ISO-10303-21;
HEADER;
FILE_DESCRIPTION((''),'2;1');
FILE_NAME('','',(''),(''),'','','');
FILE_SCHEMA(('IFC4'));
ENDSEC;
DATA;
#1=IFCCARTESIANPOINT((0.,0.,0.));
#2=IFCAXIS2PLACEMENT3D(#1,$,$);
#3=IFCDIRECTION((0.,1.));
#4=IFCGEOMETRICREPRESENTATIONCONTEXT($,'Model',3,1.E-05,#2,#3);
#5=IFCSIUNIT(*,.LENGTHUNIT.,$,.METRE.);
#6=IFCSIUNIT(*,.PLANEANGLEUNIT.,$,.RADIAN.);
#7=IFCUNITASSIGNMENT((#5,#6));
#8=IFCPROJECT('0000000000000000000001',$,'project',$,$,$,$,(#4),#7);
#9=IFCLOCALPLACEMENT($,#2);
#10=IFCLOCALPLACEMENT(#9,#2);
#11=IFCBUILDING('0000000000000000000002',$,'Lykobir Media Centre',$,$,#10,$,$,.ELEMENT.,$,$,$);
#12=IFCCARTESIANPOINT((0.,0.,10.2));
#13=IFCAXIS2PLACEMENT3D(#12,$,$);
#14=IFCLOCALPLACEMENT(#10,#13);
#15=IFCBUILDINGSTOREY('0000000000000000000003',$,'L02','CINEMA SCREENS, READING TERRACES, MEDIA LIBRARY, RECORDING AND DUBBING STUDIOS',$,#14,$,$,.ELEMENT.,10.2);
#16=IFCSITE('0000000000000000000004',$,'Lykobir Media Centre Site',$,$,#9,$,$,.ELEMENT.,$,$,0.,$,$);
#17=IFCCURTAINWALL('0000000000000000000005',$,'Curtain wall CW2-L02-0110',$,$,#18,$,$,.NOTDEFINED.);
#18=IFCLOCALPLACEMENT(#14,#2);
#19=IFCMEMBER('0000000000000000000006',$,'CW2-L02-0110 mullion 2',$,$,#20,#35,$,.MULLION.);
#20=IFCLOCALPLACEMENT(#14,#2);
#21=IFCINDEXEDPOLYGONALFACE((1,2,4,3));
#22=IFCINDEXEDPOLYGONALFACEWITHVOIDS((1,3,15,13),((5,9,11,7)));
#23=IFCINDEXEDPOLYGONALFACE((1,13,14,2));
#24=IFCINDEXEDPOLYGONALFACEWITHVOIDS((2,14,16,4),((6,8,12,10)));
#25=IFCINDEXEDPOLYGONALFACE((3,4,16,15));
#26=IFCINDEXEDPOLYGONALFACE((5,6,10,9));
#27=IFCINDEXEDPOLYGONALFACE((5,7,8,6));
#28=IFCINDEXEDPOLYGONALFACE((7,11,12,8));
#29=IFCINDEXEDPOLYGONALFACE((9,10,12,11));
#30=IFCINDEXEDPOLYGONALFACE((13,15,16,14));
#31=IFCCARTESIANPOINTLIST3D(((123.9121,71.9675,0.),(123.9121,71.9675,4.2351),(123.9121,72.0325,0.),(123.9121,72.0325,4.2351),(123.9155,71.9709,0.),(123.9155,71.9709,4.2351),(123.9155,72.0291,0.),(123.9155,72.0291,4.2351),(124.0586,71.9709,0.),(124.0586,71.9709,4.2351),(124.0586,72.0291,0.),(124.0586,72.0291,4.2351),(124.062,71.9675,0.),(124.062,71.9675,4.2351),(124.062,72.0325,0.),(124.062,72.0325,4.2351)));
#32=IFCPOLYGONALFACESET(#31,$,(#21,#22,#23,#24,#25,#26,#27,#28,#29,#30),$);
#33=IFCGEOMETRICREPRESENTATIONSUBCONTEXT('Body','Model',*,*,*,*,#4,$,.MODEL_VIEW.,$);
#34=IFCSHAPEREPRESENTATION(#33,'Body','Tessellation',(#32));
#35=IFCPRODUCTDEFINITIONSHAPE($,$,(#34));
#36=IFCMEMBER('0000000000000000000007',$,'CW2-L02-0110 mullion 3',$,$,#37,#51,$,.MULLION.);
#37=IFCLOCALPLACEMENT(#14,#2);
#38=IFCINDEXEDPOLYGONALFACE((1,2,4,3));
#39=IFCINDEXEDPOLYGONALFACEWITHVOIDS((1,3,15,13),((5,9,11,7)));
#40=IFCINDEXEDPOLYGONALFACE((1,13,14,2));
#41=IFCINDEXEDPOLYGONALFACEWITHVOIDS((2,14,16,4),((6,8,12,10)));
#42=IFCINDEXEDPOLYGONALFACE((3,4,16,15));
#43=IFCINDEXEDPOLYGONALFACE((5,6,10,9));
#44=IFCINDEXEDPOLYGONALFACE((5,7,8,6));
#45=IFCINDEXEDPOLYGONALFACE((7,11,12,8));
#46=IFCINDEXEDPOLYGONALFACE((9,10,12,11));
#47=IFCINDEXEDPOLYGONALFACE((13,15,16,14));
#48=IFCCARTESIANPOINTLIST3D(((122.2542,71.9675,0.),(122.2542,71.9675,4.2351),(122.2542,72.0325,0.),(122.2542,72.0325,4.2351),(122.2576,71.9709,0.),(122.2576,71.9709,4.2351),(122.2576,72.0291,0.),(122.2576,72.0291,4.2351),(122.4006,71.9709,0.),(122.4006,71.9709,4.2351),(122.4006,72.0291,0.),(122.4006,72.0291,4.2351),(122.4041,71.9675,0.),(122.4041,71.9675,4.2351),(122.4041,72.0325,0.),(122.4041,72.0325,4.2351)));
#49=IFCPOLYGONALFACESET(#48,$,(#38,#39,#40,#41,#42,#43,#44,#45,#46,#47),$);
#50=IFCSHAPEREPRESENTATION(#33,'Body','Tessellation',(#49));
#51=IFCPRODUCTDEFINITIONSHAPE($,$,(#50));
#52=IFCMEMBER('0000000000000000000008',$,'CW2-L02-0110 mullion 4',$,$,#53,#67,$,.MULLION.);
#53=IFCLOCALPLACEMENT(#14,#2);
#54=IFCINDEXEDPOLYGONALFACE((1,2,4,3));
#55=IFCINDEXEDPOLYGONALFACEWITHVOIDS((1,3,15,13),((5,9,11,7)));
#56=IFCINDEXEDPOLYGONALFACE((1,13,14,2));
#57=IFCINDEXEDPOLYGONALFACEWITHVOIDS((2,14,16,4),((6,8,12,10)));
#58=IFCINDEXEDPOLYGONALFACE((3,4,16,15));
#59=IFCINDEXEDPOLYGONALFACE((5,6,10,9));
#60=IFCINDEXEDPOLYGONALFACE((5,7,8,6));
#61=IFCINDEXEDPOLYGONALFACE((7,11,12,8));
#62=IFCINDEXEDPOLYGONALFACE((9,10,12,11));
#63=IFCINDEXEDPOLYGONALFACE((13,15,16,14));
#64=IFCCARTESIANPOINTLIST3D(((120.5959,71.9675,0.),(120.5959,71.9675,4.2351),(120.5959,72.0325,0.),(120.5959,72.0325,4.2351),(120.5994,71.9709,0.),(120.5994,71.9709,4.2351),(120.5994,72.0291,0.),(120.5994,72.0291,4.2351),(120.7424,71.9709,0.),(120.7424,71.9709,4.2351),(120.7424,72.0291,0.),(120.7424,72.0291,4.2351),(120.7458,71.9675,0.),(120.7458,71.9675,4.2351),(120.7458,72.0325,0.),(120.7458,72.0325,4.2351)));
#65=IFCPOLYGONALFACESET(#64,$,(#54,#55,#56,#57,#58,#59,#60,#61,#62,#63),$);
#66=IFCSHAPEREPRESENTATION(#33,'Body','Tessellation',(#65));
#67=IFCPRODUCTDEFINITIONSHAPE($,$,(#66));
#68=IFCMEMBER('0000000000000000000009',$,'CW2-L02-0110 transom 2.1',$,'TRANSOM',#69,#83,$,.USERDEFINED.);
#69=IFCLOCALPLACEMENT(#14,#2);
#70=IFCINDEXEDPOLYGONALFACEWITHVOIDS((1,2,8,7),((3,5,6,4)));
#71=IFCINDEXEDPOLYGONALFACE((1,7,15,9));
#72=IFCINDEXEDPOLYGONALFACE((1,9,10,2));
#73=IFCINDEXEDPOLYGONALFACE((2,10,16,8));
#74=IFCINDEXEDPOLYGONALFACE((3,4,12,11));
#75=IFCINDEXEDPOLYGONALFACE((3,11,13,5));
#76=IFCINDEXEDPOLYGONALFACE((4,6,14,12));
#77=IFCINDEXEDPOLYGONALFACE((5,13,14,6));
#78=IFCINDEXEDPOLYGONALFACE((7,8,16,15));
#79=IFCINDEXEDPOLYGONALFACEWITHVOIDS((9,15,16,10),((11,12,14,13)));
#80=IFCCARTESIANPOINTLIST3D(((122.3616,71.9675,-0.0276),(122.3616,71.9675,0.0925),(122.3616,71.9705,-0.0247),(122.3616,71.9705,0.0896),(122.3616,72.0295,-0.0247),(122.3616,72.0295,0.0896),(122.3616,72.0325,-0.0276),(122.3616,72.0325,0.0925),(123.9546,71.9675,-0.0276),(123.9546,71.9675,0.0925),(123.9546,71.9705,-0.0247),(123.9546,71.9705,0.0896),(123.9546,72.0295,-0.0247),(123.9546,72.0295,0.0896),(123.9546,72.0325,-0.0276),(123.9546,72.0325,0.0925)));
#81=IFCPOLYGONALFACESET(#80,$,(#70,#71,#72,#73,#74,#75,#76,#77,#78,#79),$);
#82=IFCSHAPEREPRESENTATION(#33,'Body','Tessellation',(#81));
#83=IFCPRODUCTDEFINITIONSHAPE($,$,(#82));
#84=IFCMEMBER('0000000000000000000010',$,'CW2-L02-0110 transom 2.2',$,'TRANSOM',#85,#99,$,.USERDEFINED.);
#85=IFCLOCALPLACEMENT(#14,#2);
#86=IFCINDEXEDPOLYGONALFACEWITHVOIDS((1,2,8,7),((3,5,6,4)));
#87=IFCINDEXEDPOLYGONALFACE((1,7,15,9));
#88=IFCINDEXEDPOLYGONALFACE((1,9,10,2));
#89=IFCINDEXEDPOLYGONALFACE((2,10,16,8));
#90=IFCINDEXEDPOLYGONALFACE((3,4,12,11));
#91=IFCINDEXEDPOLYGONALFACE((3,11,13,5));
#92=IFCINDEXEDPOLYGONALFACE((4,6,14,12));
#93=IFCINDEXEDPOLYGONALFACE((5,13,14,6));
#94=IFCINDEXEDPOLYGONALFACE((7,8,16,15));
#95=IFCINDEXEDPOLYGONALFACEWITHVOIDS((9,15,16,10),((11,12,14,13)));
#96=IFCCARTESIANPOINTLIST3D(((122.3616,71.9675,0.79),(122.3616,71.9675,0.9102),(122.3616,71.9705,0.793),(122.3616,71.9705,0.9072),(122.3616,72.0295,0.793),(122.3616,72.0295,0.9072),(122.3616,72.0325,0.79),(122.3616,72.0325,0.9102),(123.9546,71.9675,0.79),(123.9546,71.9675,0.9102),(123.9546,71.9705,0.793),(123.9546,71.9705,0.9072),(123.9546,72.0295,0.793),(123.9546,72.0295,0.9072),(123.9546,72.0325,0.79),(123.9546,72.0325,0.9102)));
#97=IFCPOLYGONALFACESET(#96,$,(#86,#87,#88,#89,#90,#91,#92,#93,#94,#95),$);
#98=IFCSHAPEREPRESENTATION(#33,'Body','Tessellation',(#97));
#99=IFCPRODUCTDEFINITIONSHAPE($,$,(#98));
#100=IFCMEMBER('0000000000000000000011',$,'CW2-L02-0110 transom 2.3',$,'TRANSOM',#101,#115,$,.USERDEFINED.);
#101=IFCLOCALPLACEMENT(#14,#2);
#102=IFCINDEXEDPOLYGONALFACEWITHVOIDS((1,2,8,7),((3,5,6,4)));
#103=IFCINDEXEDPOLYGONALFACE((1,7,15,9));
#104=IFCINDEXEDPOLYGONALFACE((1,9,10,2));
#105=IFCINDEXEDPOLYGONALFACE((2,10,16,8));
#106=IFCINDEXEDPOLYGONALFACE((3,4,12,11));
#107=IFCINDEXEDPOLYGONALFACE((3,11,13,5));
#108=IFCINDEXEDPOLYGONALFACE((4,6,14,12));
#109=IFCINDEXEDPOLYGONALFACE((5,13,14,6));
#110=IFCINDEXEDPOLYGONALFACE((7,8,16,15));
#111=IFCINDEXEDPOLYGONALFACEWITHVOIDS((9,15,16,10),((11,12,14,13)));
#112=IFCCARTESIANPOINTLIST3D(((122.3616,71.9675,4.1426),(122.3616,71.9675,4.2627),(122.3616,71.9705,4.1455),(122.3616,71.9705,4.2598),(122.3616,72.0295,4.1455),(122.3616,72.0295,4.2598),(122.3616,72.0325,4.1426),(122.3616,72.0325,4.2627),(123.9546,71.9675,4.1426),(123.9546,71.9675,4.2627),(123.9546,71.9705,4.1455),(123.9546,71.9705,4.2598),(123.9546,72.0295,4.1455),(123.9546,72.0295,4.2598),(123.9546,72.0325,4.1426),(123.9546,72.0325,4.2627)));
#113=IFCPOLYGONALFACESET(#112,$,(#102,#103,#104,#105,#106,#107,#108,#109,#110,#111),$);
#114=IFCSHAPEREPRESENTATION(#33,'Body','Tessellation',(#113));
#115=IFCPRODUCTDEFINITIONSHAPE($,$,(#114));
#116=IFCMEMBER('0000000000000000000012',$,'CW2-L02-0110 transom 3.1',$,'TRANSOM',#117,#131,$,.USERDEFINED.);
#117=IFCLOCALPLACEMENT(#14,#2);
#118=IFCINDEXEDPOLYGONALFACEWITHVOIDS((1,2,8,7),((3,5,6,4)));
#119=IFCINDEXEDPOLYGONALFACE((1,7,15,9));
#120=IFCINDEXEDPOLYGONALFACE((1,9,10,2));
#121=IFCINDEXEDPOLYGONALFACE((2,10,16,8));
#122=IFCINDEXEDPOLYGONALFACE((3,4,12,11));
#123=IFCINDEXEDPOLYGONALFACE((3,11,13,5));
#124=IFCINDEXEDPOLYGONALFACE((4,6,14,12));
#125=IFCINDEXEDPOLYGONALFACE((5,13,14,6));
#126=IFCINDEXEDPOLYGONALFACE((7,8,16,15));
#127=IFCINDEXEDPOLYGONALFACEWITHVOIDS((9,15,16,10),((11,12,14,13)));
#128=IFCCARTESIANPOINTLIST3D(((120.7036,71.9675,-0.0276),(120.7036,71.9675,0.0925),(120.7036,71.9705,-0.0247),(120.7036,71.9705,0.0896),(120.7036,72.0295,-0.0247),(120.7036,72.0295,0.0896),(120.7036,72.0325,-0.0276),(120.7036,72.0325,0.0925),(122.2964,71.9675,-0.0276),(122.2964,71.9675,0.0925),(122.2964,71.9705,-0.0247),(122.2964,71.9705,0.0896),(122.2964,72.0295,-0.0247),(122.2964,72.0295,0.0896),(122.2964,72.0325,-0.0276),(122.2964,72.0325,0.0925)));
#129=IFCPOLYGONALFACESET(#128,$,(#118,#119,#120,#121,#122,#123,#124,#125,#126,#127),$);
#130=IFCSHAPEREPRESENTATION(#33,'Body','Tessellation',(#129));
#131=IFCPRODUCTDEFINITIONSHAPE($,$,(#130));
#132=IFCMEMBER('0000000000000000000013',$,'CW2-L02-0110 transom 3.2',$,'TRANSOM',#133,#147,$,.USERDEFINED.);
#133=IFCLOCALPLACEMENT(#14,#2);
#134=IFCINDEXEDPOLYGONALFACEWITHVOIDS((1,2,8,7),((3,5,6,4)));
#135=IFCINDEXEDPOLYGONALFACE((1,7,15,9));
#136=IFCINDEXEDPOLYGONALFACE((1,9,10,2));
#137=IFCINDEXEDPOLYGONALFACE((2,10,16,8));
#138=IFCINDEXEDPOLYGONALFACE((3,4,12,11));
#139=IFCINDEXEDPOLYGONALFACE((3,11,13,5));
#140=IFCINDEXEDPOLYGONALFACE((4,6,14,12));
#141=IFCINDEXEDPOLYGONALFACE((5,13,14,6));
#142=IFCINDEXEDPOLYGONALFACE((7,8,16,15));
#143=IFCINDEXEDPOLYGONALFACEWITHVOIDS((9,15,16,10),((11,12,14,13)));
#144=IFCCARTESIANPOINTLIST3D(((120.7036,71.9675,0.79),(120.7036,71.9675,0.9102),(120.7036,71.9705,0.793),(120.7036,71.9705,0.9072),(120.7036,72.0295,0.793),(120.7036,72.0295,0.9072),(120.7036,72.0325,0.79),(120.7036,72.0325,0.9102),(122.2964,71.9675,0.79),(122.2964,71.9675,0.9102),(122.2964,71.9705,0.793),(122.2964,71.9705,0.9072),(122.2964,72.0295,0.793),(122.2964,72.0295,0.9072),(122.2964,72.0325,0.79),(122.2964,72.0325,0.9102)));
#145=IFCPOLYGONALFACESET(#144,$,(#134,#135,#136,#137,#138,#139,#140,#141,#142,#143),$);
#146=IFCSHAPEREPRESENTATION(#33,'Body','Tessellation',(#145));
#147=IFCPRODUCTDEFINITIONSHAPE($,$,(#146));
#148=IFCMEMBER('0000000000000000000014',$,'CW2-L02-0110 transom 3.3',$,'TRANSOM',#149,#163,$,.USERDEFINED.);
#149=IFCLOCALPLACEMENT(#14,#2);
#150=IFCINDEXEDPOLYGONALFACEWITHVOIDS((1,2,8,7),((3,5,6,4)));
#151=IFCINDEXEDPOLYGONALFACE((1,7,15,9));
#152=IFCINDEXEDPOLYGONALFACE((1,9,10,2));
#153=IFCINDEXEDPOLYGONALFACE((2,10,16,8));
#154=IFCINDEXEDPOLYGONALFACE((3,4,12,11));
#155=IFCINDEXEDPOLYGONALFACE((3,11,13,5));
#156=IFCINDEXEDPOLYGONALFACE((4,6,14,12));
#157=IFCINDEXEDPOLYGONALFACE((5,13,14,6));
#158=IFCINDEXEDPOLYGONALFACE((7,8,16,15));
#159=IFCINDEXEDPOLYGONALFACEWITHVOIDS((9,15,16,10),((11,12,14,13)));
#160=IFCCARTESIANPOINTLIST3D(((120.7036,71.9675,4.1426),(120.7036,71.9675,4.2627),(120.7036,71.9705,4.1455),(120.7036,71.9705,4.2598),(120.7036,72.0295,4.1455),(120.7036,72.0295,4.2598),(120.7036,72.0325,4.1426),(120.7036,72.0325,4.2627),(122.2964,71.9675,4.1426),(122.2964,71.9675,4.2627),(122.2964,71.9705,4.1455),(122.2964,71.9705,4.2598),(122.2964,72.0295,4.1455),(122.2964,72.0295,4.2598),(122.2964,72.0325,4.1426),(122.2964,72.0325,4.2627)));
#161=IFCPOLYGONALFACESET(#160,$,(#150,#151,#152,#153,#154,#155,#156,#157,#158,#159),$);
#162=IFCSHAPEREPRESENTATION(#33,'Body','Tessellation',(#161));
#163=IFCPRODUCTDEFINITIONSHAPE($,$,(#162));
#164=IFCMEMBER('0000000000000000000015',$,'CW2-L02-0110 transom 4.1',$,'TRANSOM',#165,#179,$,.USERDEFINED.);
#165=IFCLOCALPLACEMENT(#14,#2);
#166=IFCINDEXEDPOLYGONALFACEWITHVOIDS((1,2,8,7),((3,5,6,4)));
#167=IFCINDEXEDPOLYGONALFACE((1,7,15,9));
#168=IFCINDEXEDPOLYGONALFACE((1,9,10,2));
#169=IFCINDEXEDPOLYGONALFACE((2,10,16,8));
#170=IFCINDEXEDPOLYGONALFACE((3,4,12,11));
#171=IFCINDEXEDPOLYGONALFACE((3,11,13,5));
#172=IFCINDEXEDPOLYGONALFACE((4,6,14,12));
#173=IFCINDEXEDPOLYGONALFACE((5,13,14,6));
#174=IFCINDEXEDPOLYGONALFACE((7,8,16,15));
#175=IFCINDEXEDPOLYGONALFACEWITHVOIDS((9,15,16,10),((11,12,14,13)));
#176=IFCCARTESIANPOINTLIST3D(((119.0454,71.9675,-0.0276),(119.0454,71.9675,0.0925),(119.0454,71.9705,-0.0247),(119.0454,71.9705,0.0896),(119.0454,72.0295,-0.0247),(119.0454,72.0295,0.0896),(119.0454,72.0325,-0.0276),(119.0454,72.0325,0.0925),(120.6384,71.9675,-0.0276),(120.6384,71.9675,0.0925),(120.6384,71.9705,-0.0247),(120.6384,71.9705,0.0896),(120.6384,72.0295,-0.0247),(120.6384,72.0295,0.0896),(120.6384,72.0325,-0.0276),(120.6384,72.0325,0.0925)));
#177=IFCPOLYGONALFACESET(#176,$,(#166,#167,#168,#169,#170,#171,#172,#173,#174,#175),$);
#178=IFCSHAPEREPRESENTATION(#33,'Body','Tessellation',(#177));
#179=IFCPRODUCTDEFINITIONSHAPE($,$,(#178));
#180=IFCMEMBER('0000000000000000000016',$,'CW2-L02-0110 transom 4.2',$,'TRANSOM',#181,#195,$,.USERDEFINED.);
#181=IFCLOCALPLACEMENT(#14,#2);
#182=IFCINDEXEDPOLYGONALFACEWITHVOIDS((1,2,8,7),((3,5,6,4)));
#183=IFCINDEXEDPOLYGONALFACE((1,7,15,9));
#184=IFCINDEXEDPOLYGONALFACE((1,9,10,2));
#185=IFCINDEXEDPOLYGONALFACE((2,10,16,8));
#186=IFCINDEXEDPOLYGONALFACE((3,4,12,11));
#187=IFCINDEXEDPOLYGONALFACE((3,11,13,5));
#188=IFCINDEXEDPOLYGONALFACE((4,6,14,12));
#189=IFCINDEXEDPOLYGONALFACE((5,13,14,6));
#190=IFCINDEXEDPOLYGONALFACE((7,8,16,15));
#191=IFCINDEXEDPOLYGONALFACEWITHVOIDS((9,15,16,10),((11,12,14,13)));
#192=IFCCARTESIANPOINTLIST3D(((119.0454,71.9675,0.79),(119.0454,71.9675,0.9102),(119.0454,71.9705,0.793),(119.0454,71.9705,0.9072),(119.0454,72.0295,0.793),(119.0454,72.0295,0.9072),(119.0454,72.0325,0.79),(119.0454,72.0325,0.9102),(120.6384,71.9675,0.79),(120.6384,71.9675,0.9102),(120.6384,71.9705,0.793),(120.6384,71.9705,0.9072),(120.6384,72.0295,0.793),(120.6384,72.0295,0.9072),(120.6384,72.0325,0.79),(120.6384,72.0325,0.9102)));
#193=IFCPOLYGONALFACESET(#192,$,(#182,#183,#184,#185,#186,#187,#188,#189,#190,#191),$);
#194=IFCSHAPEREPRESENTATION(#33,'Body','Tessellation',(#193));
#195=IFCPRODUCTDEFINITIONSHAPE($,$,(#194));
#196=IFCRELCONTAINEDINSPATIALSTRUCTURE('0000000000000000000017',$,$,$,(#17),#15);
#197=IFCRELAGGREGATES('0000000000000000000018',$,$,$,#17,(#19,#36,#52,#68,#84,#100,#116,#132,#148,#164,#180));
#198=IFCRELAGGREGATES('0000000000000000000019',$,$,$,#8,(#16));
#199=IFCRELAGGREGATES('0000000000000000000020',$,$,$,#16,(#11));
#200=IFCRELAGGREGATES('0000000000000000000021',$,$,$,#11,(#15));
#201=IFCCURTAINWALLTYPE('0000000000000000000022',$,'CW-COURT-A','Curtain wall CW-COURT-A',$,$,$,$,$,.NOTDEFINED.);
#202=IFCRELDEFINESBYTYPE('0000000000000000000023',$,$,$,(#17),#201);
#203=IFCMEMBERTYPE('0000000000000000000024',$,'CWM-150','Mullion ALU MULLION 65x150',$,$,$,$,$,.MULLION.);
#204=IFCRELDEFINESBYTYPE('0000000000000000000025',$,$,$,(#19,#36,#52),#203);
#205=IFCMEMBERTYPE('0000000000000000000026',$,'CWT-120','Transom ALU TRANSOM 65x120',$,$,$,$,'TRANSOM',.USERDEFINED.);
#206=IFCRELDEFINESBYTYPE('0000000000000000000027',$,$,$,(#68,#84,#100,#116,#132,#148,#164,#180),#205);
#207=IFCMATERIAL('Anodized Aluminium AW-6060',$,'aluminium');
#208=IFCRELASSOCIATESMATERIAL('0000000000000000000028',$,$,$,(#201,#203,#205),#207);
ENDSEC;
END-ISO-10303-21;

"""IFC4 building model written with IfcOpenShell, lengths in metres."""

from ifc_helpers import new_model, si_unit, direction, frame, origin, origin_2d, place, context, subcontext, project, spatial, hollow_rectangle, extrude, material, material_profile, profile_set, type_object, element, aggregate, save


model = new_model("IFC4")

# Units and contexts
model_context = context("Model", 3, precision=1e-05, world=origin(), true_north=direction((0.0, 1.0)))
body_context = subcontext(model_context, "Body", "Model", "MODEL_VIEW")
ifc_project = project(units=[si_unit("LENGTHUNIT", "METRE"), si_unit("PLANEANGLEUNIT", "RADIAN")], contexts=[model_context])

# Site, building, storey
site_placement = place(None, origin())
site = spatial("IfcSite", under=ifc_project, at=site_placement, Name="Lykobir Media Centre Site", CompositionType="ELEMENT", RefElevation=0.0)
building_placement = place(site_placement, origin())
building = spatial("IfcBuilding", under=site, at=building_placement, Name="Lykobir Media Centre", CompositionType="ELEMENT")
storey_placement = place(building_placement, frame((0.0, 0.0, 10.2)))
storey = spatial("IfcBuildingStorey", under=building, at=storey_placement, Name="L02", Description="CINEMA SCREENS, READING TERRACES, MEDIA LIBRARY, RECORDING AND DUBBING STUDIOS", CompositionType="ELEMENT", Elevation=10.2)

# Curtain wall, members
ifc_material_1 = material(Name="Anodized Aluminium AW-6060", Category="aluminium")
curtain_wall_type = type_object("IfcCurtainWallType", Name="CW-COURT-A", Description="Curtain wall CW-COURT-A", PredefinedType="NOTDEFINED", material=ifc_material_1)
curtain_wall_placement = place(storey_placement, origin())
curtain_wall = element("IfcCurtainWall", 1, at=curtain_wall_placement, inside=storey, type_object=curtain_wall_type, Name="Curtain wall CW2-L02-0110", PredefinedType="NOTDEFINED")
ifc_material_profile_1 = material_profile(ifc_material_1, hollow_rectangle(XDim=0.0649, YDim=0.1499, WallThickness=0.0034, at=origin_2d()), Name="ALU MULLION 65x150")
ifc_profile_set_1 = profile_set([ifc_material_profile_1], Name="Anodized Aluminium AW-6060")
member_type_1 = type_object("IfcMemberType", Name="CWM-150", Description="Mullion ALU MULLION 65x150", PredefinedType="MULLION", material=ifc_profile_set_1)
member_1_placement = place(storey_placement, frame((123.9871, 72.0, 0.0), z_axis=(0.0, 0.0, 1.0), x_axis=(0.0, -1.0, 0.0)))
member_1 = element("IfcMember", 2, at=member_1_placement, type_object=member_type_1, Name="CW2-L02-0110 mullion 2", PredefinedType="MULLION", context=body_context, shape_type="SweptSolid", body=[
    extrude(hollow_rectangle(XDim=0.0649, YDim=0.1499, WallThickness=0.0034, at=origin_2d()), origin(), (0.0, 0.0, 1.0), 4.2351),
])
member_2_placement = place(storey_placement, frame((122.3291, 72.0, 0.0), z_axis=(0.0, 0.0, 1.0), x_axis=(0.0, -1.0, 0.0)))
member_2 = element("IfcMember", 3, at=member_2_placement, type_object=member_type_1, Name="CW2-L02-0110 mullion 3", PredefinedType="MULLION", context=body_context, shape_type="SweptSolid", body=[
    extrude(hollow_rectangle(XDim=0.0649, YDim=0.1499, WallThickness=0.0034, at=origin_2d()), origin(), (0.0, 0.0, 1.0), 4.2351),
])
member_3_placement = place(storey_placement, frame((120.6709, 72.0, 0.0), z_axis=(0.0, 0.0, 1.0), x_axis=(0.0, -1.0, 0.0)))
member_3 = element("IfcMember", 4, at=member_3_placement, type_object=member_type_1, Name="CW2-L02-0110 mullion 4", PredefinedType="MULLION", context=body_context, shape_type="SweptSolid", body=[
    extrude(hollow_rectangle(XDim=0.0649, YDim=0.1499, WallThickness=0.0034, at=origin_2d()), origin(), (0.0, 0.0, 1.0), 4.2351),
])
ifc_material_profile_2 = material_profile(ifc_material_1, hollow_rectangle(XDim=0.0649, YDim=0.1201, WallThickness=0.0029, at=origin_2d()), Name="ALU TRANSOM 65x120")
ifc_profile_set_2 = profile_set([ifc_material_profile_2], Name="Anodized Aluminium AW-6060")
member_type_2 = type_object("IfcMemberType", Name="CWT-120", Description="Transom ALU TRANSOM 65x120", ElementType="TRANSOM", PredefinedType="USERDEFINED", material=ifc_profile_set_2)
member_4_placement = place(storey_placement, frame((123.9546, 72.0, 0.0325), z_axis=(-1.0, 0.0, 0.0), x_axis=(0.0, -1.0, 0.0)))
member_4 = element("IfcMember", 5, at=member_4_placement, type_object=member_type_2, Name="CW2-L02-0110 transom 2.1", ObjectType="TRANSOM", PredefinedType="USERDEFINED", context=body_context, shape_type="SweptSolid", body=[
    extrude(hollow_rectangle(XDim=0.0649, YDim=0.1201, WallThickness=0.0029, at=origin_2d()), origin(), (0.0, 0.0, 1.0), 1.593),
])
member_5_placement = place(storey_placement, frame((123.9546, 72.0, 0.8501), z_axis=(-1.0, 0.0, 0.0), x_axis=(0.0, -1.0, 0.0)))
member_5 = element("IfcMember", 6, at=member_5_placement, type_object=member_type_2, Name="CW2-L02-0110 transom 2.2", ObjectType="TRANSOM", PredefinedType="USERDEFINED", context=body_context, shape_type="SweptSolid", body=[
    extrude(hollow_rectangle(XDim=0.0649, YDim=0.1201, WallThickness=0.0029, at=origin_2d()), origin(), (0.0, 0.0, 1.0), 1.593),
])
member_6_placement = place(storey_placement, frame((123.9546, 72.0, 4.2026), z_axis=(-1.0, 0.0, 0.0), x_axis=(0.0, -1.0, 0.0)))
member_6 = element("IfcMember", 7, at=member_6_placement, type_object=member_type_2, Name="CW2-L02-0110 transom 2.3", ObjectType="TRANSOM", PredefinedType="USERDEFINED", context=body_context, shape_type="SweptSolid", body=[
    extrude(hollow_rectangle(XDim=0.0649, YDim=0.1201, WallThickness=0.0029, at=origin_2d()), origin(), (0.0, 0.0, 1.0), 1.593),
])
member_7_placement = place(storey_placement, frame((122.2964, 72.0, 0.0325), z_axis=(-1.0, 0.0, 0.0), x_axis=(0.0, -1.0, 0.0)))
member_7 = element("IfcMember", 8, at=member_7_placement, type_object=member_type_2, Name="CW2-L02-0110 transom 3.1", ObjectType="TRANSOM", PredefinedType="USERDEFINED", context=body_context, shape_type="SweptSolid", body=[
    extrude(hollow_rectangle(XDim=0.0649, YDim=0.1201, WallThickness=0.0029, at=origin_2d()), origin(), (0.0, 0.0, 1.0), 1.5928),
])
member_8_placement = place(storey_placement, frame((122.2964, 72.0, 0.8501), z_axis=(-1.0, 0.0, 0.0), x_axis=(0.0, -1.0, 0.0)))
member_8 = element("IfcMember", 9, at=member_8_placement, type_object=member_type_2, Name="CW2-L02-0110 transom 3.2", ObjectType="TRANSOM", PredefinedType="USERDEFINED", context=body_context, shape_type="SweptSolid", body=[
    extrude(hollow_rectangle(XDim=0.0649, YDim=0.1201, WallThickness=0.0029, at=origin_2d()), origin(), (0.0, 0.0, 1.0), 1.5928),
])
member_9_placement = place(storey_placement, frame((122.2964, 72.0, 4.2026), z_axis=(-1.0, 0.0, 0.0), x_axis=(0.0, -1.0, 0.0)))
member_9 = element("IfcMember", 10, at=member_9_placement, type_object=member_type_2, Name="CW2-L02-0110 transom 3.3", ObjectType="TRANSOM", PredefinedType="USERDEFINED", context=body_context, shape_type="SweptSolid", body=[
    extrude(hollow_rectangle(XDim=0.0649, YDim=0.1201, WallThickness=0.0029, at=origin_2d()), origin(), (0.0, 0.0, 1.0), 1.5928),
])
member_10_placement = place(storey_placement, frame((120.6384, 72.0, 0.0325), z_axis=(-1.0, 0.0, 0.0), x_axis=(0.0, -1.0, 0.0)))
member_10 = element("IfcMember", 11, at=member_10_placement, type_object=member_type_2, Name="CW2-L02-0110 transom 4.1", ObjectType="TRANSOM", PredefinedType="USERDEFINED", context=body_context, shape_type="SweptSolid", body=[
    extrude(hollow_rectangle(XDim=0.0649, YDim=0.1201, WallThickness=0.0029, at=origin_2d()), origin(), (0.0, 0.0, 1.0), 1.593),
])
member_11_placement = place(storey_placement, frame((120.6384, 72.0, 0.8501), z_axis=(-1.0, 0.0, 0.0), x_axis=(0.0, -1.0, 0.0)))
member_11 = element("IfcMember", 12, at=member_11_placement, type_object=member_type_2, Name="CW2-L02-0110 transom 4.2", ObjectType="TRANSOM", PredefinedType="USERDEFINED", context=body_context, shape_type="SweptSolid", body=[
    extrude(hollow_rectangle(XDim=0.0649, YDim=0.1201, WallThickness=0.0029, at=origin_2d()), origin(), (0.0, 0.0, 1.0), 1.593),
])
aggregate(curtain_wall, [member_1, member_2, member_3, member_4, member_5, member_6, member_7, member_8, member_9, member_10, member_11])

save(model, "model.ifc")
